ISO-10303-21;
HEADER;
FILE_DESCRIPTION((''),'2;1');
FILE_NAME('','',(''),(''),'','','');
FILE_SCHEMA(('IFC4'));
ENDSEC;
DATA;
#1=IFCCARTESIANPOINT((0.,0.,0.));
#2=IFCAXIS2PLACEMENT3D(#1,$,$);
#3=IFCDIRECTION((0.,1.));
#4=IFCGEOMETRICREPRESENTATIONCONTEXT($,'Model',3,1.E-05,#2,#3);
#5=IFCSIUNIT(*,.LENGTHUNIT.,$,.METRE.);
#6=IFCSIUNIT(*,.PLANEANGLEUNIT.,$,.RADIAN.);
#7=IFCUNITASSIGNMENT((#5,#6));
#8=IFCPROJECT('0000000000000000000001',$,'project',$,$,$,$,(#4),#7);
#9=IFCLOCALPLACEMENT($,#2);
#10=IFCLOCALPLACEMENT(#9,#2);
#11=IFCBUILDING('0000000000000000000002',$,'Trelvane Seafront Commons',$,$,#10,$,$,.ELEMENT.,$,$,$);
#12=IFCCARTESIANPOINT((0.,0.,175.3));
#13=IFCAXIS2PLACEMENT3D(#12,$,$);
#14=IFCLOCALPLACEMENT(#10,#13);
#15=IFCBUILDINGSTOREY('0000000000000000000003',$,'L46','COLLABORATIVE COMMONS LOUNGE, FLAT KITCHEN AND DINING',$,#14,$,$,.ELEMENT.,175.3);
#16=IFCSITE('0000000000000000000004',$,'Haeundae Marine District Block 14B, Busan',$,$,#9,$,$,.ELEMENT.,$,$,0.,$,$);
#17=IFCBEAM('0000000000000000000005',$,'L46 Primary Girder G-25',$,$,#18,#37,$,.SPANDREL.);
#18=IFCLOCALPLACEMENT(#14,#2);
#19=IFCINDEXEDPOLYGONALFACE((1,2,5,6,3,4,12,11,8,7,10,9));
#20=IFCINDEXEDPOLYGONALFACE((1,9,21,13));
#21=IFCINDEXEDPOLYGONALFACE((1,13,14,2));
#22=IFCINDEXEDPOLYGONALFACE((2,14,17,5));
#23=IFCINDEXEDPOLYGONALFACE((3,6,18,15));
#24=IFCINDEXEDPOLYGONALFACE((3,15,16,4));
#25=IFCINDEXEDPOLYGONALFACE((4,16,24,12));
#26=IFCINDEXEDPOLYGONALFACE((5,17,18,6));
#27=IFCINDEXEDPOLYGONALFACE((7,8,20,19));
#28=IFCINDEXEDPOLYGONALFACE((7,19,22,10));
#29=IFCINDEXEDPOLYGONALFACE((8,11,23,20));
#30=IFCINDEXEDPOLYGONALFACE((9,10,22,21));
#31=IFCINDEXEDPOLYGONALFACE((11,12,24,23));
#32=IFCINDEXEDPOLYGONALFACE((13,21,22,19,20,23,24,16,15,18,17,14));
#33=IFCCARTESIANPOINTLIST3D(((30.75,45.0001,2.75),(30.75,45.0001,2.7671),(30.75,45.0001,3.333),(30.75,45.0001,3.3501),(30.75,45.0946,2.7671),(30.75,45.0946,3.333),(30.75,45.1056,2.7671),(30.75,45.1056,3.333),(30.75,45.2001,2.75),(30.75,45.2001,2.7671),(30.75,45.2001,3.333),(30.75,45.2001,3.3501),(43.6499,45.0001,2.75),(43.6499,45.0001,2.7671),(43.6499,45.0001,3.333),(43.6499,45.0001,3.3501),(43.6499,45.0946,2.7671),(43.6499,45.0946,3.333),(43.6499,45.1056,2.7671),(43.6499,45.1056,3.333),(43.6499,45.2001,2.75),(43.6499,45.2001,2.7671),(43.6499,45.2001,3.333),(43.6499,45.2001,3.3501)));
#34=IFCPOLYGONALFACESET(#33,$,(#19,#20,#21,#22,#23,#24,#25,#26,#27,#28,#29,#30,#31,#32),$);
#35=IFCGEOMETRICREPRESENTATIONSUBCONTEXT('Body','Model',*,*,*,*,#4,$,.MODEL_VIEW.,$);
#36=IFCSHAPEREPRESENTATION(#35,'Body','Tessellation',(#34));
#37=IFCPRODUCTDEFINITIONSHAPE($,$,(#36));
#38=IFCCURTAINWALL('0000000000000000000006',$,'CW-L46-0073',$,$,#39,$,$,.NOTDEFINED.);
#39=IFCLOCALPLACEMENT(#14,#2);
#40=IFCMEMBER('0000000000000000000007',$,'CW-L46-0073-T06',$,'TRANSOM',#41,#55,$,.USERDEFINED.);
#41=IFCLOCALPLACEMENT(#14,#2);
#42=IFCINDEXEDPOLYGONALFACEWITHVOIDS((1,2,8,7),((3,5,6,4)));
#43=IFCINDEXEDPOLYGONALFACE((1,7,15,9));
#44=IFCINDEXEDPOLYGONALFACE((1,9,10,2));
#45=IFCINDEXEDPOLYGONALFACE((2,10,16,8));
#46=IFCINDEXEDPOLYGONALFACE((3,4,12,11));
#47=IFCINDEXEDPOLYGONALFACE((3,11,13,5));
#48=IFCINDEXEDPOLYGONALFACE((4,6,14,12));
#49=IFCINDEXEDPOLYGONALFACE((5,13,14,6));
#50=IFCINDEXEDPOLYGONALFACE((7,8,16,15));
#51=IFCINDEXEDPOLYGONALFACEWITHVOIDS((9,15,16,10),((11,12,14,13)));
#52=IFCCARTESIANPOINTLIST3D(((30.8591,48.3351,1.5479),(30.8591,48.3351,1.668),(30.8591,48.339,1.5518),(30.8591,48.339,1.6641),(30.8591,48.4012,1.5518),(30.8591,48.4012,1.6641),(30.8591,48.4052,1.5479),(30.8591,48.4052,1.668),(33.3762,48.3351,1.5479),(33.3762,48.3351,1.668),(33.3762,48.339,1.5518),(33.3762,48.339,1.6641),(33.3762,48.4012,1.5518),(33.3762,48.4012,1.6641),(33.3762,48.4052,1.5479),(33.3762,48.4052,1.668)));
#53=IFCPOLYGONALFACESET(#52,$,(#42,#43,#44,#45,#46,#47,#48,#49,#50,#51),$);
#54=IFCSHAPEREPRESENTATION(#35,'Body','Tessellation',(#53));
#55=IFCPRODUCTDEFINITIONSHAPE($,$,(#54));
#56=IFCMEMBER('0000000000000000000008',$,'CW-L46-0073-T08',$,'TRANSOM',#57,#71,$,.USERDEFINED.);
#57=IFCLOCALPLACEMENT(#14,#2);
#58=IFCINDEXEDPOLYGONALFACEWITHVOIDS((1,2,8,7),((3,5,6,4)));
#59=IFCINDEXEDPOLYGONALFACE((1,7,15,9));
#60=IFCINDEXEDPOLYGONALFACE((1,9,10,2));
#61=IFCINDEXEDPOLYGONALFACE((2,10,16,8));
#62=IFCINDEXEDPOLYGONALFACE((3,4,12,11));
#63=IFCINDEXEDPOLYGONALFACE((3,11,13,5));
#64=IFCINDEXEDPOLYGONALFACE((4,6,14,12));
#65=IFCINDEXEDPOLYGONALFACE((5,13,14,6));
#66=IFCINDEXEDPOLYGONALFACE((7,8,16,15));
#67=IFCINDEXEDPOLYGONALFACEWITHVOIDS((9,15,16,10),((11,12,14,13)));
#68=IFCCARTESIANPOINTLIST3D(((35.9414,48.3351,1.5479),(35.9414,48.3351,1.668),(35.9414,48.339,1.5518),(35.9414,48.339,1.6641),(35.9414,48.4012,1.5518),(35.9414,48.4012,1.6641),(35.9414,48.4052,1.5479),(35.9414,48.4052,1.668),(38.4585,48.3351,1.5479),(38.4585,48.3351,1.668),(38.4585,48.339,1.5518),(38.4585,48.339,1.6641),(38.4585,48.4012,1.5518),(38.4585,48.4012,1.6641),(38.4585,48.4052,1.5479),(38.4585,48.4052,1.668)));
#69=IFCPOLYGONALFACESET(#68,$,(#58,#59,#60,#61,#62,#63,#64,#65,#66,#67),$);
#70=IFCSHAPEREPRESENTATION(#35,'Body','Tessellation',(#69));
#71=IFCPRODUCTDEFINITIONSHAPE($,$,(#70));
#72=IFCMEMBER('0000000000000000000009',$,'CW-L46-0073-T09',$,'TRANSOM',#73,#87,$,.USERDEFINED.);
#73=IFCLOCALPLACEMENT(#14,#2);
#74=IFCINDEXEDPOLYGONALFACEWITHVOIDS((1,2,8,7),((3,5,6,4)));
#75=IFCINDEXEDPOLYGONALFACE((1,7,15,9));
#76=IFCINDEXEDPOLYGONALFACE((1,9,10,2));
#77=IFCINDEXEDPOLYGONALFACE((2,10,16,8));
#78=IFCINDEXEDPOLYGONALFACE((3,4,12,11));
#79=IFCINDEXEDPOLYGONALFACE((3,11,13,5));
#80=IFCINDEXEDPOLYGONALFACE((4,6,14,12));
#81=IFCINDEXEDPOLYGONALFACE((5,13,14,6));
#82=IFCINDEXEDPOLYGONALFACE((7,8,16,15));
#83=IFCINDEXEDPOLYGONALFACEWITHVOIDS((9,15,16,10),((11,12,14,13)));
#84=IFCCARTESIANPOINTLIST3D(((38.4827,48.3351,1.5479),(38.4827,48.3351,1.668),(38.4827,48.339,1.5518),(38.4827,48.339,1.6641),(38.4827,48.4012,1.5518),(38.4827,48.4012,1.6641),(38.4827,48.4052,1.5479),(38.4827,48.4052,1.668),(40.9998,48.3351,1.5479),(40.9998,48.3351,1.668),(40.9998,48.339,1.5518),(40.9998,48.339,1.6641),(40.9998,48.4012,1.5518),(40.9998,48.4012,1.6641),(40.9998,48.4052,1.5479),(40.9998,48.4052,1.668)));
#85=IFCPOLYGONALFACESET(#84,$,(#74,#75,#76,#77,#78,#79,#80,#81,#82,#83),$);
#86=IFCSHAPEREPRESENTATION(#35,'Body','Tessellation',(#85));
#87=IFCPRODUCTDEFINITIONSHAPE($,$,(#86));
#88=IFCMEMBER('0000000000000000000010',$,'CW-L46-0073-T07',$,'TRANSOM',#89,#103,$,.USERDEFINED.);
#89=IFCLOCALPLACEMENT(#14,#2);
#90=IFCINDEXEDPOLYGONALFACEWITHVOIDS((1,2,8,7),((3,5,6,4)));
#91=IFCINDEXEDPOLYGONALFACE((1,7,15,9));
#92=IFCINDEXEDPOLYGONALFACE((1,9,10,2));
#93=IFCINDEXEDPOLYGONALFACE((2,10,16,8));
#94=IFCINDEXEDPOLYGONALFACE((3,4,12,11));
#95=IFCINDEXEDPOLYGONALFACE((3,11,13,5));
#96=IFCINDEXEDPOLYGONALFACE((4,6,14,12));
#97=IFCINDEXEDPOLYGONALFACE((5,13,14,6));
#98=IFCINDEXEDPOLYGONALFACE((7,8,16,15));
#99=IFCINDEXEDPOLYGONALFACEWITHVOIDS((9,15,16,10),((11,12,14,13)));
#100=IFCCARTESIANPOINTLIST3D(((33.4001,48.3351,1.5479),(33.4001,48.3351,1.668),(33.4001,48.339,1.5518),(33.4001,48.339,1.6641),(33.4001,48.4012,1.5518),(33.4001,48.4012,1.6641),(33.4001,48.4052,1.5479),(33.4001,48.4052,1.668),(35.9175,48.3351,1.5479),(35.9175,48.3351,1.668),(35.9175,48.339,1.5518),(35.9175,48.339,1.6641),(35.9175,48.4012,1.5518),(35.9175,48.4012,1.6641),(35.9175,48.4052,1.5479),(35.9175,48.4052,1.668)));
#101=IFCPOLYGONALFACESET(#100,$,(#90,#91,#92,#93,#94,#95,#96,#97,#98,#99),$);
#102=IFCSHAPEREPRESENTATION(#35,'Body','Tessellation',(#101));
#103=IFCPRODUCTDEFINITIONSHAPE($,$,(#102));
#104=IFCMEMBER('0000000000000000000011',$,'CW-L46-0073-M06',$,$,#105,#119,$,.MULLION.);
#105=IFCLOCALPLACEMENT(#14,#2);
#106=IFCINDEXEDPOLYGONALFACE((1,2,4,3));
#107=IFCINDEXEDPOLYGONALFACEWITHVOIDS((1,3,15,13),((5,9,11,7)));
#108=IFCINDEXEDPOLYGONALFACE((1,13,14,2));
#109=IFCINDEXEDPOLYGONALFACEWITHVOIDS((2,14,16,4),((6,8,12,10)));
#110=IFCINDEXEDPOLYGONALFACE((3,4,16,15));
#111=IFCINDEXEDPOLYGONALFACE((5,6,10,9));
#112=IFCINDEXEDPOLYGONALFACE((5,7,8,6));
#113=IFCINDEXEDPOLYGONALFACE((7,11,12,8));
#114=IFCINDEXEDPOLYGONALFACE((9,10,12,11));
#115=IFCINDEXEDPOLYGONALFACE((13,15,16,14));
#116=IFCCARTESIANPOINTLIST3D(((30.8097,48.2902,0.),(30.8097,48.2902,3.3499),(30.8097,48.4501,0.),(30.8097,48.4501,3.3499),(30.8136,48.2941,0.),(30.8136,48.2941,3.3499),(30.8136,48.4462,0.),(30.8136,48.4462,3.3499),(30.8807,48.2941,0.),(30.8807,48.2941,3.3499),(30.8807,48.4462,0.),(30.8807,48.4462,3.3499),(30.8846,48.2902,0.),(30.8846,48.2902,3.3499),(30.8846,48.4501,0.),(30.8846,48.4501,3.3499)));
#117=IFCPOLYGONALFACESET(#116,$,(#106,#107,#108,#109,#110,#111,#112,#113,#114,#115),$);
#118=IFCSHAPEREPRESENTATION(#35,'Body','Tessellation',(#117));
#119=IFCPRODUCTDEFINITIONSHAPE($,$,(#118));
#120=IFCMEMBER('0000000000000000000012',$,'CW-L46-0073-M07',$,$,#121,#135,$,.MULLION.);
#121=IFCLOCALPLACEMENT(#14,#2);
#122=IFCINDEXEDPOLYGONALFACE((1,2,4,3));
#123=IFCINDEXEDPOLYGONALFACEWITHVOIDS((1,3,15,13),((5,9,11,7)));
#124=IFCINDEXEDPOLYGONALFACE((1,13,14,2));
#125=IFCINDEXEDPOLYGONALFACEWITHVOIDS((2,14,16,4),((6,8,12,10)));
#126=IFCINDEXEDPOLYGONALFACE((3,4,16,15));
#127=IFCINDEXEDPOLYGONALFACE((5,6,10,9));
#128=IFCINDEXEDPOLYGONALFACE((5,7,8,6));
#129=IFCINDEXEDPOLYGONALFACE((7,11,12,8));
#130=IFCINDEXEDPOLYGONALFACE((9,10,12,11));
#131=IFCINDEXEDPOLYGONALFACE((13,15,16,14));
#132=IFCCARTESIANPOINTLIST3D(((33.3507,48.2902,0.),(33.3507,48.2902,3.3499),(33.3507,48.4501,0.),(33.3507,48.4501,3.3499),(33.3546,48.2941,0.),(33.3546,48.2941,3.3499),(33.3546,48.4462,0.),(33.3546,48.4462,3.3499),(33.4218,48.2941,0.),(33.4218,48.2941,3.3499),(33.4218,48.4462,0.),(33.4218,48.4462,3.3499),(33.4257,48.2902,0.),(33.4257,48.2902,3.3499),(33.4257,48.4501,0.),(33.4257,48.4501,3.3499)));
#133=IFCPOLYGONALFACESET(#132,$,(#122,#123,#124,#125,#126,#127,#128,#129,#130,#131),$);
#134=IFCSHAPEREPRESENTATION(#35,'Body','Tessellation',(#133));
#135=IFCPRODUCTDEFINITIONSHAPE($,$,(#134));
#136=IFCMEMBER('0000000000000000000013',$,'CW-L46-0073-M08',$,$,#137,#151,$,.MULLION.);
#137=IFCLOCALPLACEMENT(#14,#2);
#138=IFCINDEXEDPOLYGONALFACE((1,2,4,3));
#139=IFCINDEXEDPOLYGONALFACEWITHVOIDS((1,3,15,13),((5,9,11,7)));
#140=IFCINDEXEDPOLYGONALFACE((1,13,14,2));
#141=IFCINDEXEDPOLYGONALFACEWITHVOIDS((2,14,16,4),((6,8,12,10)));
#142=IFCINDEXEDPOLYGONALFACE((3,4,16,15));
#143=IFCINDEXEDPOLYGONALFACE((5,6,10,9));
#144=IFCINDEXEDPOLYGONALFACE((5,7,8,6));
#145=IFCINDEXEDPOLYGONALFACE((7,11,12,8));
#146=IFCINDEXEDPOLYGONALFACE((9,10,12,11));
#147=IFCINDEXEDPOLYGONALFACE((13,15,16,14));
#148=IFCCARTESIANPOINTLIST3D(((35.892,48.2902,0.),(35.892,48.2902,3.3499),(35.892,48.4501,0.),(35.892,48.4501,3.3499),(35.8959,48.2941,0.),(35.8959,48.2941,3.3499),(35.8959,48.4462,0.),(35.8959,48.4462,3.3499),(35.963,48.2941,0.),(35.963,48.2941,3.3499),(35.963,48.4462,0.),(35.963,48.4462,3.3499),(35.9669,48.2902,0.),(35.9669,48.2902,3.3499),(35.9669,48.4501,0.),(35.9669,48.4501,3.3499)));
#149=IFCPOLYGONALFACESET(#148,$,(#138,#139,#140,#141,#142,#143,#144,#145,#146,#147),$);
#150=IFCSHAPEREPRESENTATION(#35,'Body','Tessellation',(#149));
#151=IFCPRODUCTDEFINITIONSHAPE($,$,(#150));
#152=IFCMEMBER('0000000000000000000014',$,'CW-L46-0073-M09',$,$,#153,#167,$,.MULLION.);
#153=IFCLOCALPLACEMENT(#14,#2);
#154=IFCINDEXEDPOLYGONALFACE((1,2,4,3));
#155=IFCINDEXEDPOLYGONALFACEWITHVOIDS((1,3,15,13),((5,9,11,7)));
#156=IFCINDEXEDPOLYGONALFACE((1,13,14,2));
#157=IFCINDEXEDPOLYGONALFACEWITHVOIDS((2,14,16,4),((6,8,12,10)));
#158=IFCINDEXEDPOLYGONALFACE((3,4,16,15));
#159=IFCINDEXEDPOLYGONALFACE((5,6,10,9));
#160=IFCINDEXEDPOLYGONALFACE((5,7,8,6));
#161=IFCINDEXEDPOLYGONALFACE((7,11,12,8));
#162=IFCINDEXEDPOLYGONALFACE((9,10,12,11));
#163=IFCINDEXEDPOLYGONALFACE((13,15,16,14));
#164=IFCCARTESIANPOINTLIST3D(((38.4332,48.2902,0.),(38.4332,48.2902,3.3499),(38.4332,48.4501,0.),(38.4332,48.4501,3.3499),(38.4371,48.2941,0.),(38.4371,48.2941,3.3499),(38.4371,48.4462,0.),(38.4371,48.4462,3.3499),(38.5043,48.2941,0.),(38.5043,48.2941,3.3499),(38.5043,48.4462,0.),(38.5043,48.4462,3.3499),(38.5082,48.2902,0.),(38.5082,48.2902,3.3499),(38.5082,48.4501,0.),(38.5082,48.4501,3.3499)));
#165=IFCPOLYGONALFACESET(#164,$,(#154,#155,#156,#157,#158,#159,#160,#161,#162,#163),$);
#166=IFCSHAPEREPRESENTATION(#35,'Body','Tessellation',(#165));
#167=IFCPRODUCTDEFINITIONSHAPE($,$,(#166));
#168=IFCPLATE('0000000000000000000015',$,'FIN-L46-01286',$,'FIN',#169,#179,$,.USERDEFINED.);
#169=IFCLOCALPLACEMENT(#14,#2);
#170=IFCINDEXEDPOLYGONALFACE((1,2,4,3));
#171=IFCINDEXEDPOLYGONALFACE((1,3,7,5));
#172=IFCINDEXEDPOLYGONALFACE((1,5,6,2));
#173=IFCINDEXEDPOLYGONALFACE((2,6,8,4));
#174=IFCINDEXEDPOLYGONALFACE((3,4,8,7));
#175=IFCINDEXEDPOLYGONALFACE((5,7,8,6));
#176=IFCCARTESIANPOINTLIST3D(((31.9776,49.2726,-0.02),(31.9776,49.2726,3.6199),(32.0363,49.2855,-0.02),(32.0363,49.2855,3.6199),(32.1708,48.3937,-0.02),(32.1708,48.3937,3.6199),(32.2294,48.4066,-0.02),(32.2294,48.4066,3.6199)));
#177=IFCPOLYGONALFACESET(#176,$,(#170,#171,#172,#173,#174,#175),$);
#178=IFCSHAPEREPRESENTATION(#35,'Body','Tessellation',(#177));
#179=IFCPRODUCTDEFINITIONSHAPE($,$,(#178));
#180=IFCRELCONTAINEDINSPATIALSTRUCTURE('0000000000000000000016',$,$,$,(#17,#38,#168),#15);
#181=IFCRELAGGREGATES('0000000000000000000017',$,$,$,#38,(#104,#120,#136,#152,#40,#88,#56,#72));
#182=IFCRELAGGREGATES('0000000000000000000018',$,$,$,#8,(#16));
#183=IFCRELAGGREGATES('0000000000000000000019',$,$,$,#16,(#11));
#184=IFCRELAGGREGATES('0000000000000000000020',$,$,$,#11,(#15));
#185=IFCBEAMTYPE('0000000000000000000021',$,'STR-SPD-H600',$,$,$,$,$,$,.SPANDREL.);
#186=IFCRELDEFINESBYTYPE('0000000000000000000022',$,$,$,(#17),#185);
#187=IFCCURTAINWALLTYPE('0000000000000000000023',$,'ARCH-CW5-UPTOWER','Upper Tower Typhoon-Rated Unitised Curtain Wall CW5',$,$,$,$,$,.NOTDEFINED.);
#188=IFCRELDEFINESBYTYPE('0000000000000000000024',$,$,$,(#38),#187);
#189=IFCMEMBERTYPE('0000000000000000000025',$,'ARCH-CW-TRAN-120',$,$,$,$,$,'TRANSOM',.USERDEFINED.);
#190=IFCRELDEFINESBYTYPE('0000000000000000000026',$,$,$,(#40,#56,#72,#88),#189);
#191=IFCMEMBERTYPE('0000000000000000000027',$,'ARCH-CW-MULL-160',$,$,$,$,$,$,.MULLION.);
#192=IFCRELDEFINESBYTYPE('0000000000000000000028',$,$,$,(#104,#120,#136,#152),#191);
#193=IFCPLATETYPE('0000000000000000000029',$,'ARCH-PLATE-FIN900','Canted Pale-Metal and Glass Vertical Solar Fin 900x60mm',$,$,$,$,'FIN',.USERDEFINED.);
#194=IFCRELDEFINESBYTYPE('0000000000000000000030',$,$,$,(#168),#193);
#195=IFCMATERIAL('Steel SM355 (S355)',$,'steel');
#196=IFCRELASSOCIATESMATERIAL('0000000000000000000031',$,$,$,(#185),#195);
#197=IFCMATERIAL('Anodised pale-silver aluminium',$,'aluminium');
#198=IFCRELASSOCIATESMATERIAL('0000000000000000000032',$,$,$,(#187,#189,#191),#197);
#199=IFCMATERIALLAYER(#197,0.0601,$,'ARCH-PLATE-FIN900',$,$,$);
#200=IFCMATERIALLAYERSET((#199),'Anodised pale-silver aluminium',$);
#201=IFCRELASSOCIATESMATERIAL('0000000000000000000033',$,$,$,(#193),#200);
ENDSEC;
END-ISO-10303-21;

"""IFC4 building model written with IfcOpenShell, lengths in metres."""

from ifc_helpers import new_model, si_unit, direction, frame, origin, origin_2d, place, context, subcontext, project, spatial, rectangle, hollow_rectangle, i_section, extrude, source, transform, mapped, material, layer, layer_set, material_profile, profile_set, type_object, element, aggregate, save


model = new_model("IFC4")

# Units and contexts
model_context = context("Model", 3, precision=1e-05, world=origin(), true_north=direction((0.0, 1.0)))
body_context = subcontext(model_context, "Body", "Model", "MODEL_VIEW")
ifc_project = project(units=[si_unit("LENGTHUNIT", "METRE"), si_unit("PLANEANGLEUNIT", "RADIAN")], contexts=[model_context])

# Site, building, storey
site_placement = place(None, origin())
site = spatial("IfcSite", under=ifc_project, at=site_placement, Name="Haeundae Marine District Block 14B, Busan", CompositionType="ELEMENT", RefElevation=0.0)
building_placement = place(site_placement, origin())
building = spatial("IfcBuilding", under=site, at=building_placement, Name="Trelvane Seafront Commons", CompositionType="ELEMENT")
storey_placement = place(building_placement, frame((0.0, 0.0, 175.3)))
storey = spatial("IfcBuildingStorey", under=building, at=storey_placement, Name="L46", Description="COLLABORATIVE COMMONS LOUNGE, FLAT KITCHEN AND DINING", CompositionType="ELEMENT", Elevation=175.3)

# Beam
ifc_material_1 = material(Name="Steel SM355 (S355)", Category="steel")
ifc_material_profile_1 = material_profile(ifc_material_1, i_section(OverallWidth=0.2, OverallDepth=0.6001, WebThickness=0.011, FlangeThickness=0.0171, at=origin_2d()), Name="H-600x200x11x17")
ifc_profile_set_1 = profile_set([ifc_material_profile_1], Name="Steel SM355 (S355)")
beam_type = type_object("IfcBeamType", Name="STR-SPD-H600", PredefinedType="SPANDREL", material=ifc_profile_set_1)
shared_shape_1 = source(origin(), body_context, "Body", "SweptSolid", [
    extrude(i_section(OverallWidth=0.2, OverallDepth=0.6001, WebThickness=0.011, FlangeThickness=0.0171, at=origin_2d()), origin(), (0.0, 0.0, 1.0), 12.8999),
])
beam_placement = place(storey_placement, frame((30.75, 45.1001, 3.05), z_axis=(1.0, 0.0, 0.0), x_axis=(0.0, 1.0, 0.0)))
element("IfcBeam", 1, at=beam_placement, inside=storey, type_object=beam_type, Name="L46 Primary Girder G-25", PredefinedType="SPANDREL", context=body_context, shape_type="MappedRepresentation", body=[
    mapped(shared_shape_1, transform((0.0, 0.0, 0.0), x_axis=(1.0, 0.0, 0.0), y_axis=(0.0, 1.0, 0.0), z_axis=(0.0, 0.0, 1.0), scale=1.0)),
])

# Curtain wall, members
ifc_material_2 = material(Name="Anodised pale-silver aluminium", Category="aluminium")
curtain_wall_type = type_object("IfcCurtainWallType", Name="ARCH-CW5-UPTOWER", Description="Upper Tower Typhoon-Rated Unitised Curtain Wall CW5", PredefinedType="NOTDEFINED", material=ifc_material_2)
curtain_wall_placement = place(storey_placement, origin())
curtain_wall = element("IfcCurtainWall", 2, at=curtain_wall_placement, inside=storey, type_object=curtain_wall_type, Name="CW-L46-0073", PredefinedType="NOTDEFINED")
ifc_material_profile_2 = material_profile(ifc_material_2, hollow_rectangle(XDim=0.0701, YDim=0.1201, WallThickness=0.0039, at=origin_2d()), Name="TRAN-70x120x4")
ifc_profile_set_2 = profile_set([ifc_material_profile_2], Name="Anodised pale-silver aluminium")
member_type_1 = type_object("IfcMemberType", Name="ARCH-CW-TRAN-120", ElementType="TRANSOM", PredefinedType="USERDEFINED", material=ifc_profile_set_2)
shared_shape_2 = source(origin(), body_context, "Body", "SweptSolid", [
    extrude(hollow_rectangle(XDim=0.0701, YDim=0.1201, WallThickness=0.0039, at=origin_2d()), origin(), (0.0, 0.0, 1.0), 2.5171),
])
member_1_placement = place(storey_placement, frame((30.8591, 48.3701, 1.6079), z_axis=(1.0, 0.0, 0.0), x_axis=(0.0, 1.0, 0.0)))
member_1 = element("IfcMember", 3, at=member_1_placement, type_object=member_type_1, Name="CW-L46-0073-T06", ObjectType="TRANSOM", PredefinedType="USERDEFINED", context=body_context, shape_type="MappedRepresentation", body=[
    mapped(shared_shape_2, transform((0.0, 0.0, 0.0), x_axis=(1.0, 0.0, 0.0), y_axis=(0.0, 1.0, 0.0), z_axis=(0.0, 0.0, 1.0), scale=1.0)),
])
member_2_placement = place(storey_placement, frame((35.9414, 48.3701, 1.6079), z_axis=(1.0, 0.0, 0.0), x_axis=(0.0, 1.0, 0.0)))
member_2 = element("IfcMember", 4, at=member_2_placement, type_object=member_type_1, Name="CW-L46-0073-T08", ObjectType="TRANSOM", PredefinedType="USERDEFINED", context=body_context, shape_type="MappedRepresentation", body=[
    mapped(shared_shape_2, transform((0.0, 0.0, 0.0), x_axis=(1.0, 0.0, 0.0), y_axis=(0.0, 1.0, 0.0), z_axis=(0.0, 0.0, 1.0), scale=1.0)),
])
member_3_placement = place(storey_placement, frame((38.4827, 48.3701, 1.6079), z_axis=(1.0, 0.0, 0.0), x_axis=(0.0, 1.0, 0.0)))
member_3 = element("IfcMember", 5, at=member_3_placement, type_object=member_type_1, Name="CW-L46-0073-T09", ObjectType="TRANSOM", PredefinedType="USERDEFINED", context=body_context, shape_type="MappedRepresentation", body=[
    mapped(shared_shape_2, transform((0.0, 0.0, 0.0), x_axis=(1.0, 0.0, 0.0), y_axis=(0.0, 1.0, 0.0), z_axis=(0.0, 0.0, 1.0), scale=1.0)),
])
shared_shape_3 = source(origin(), body_context, "Body", "SweptSolid", [
    extrude(hollow_rectangle(XDim=0.0701, YDim=0.1201, WallThickness=0.0039, at=origin_2d()), origin(), (0.0, 0.0, 1.0), 2.5173),
])
member_4_placement = place(storey_placement, frame((33.4001, 48.3701, 1.6079), z_axis=(1.0, 0.0, 0.0), x_axis=(0.0, 1.0, 0.0)))
member_4 = element("IfcMember", 6, at=member_4_placement, type_object=member_type_1, Name="CW-L46-0073-T07", ObjectType="TRANSOM", PredefinedType="USERDEFINED", context=body_context, shape_type="MappedRepresentation", body=[
    mapped(shared_shape_3, transform((0.0, 0.0, 0.0), x_axis=(1.0, 0.0, 0.0), y_axis=(0.0, 1.0, 0.0), z_axis=(0.0, 0.0, 1.0), scale=1.0)),
])
ifc_material_profile_3 = material_profile(ifc_material_2, hollow_rectangle(XDim=0.075, YDim=0.1599, WallThickness=0.0039, at=origin_2d()), Name="MULL-75x160x4")
ifc_profile_set_3 = profile_set([ifc_material_profile_3], Name="Anodised pale-silver aluminium")
member_type_2 = type_object("IfcMemberType", Name="ARCH-CW-MULL-160", PredefinedType="MULLION", material=ifc_profile_set_3)
shared_shape_4 = source(origin(), body_context, "Body", "SweptSolid", [
    extrude(hollow_rectangle(XDim=0.075, YDim=0.1599, WallThickness=0.0039, at=origin_2d()), origin(), (0.0, 0.0, 1.0), 3.3499),
])
member_5_placement = place(storey_placement, frame((30.8472, 48.3701, 0.0), z_axis=(0.0, 0.0, 1.0), x_axis=(1.0, 0.0, 0.0)))
member_5 = element("IfcMember", 7, at=member_5_placement, type_object=member_type_2, Name="CW-L46-0073-M06", PredefinedType="MULLION", context=body_context, shape_type="MappedRepresentation", body=[
    mapped(shared_shape_4, transform((0.0, 0.0, 0.0), x_axis=(1.0, 0.0, 0.0), y_axis=(0.0, 1.0, 0.0), z_axis=(0.0, 0.0, 1.0), scale=1.0)),
])
member_6_placement = place(storey_placement, frame((33.3882, 48.3701, 0.0), z_axis=(0.0, 0.0, 1.0), x_axis=(1.0, 0.0, 0.0)))
member_6 = element("IfcMember", 8, at=member_6_placement, type_object=member_type_2, Name="CW-L46-0073-M07", PredefinedType="MULLION", context=body_context, shape_type="MappedRepresentation", body=[
    mapped(shared_shape_4, transform((0.0, 0.0, 0.0), x_axis=(1.0, 0.0, 0.0), y_axis=(0.0, 1.0, 0.0), z_axis=(0.0, 0.0, 1.0), scale=1.0)),
])
member_7_placement = place(storey_placement, frame((35.9294, 48.3701, 0.0), z_axis=(0.0, 0.0, 1.0), x_axis=(1.0, 0.0, 0.0)))
member_7 = element("IfcMember", 9, at=member_7_placement, type_object=member_type_2, Name="CW-L46-0073-M08", PredefinedType="MULLION", context=body_context, shape_type="MappedRepresentation", body=[
    mapped(shared_shape_4, transform((0.0, 0.0, 0.0), x_axis=(1.0, 0.0, 0.0), y_axis=(0.0, 1.0, 0.0), z_axis=(0.0, 0.0, 1.0), scale=1.0)),
])
member_8_placement = place(storey_placement, frame((38.4707, 48.3701, 0.0), z_axis=(0.0, 0.0, 1.0), x_axis=(1.0, 0.0, 0.0)))
member_8 = element("IfcMember", 10, at=member_8_placement, type_object=member_type_2, Name="CW-L46-0073-M09", PredefinedType="MULLION", context=body_context, shape_type="MappedRepresentation", body=[
    mapped(shared_shape_4, transform((0.0, 0.0, 0.0), x_axis=(1.0, 0.0, 0.0), y_axis=(0.0, 1.0, 0.0), z_axis=(0.0, 0.0, 1.0), scale=1.0)),
])

# Plate
ifc_layer_1 = layer(ifc_material_2, 0.0601, Name="ARCH-PLATE-FIN900")
ifc_layer_set_1 = layer_set([ifc_layer_1], Name="Anodised pale-silver aluminium")
plate_type_1 = type_object("IfcPlateType", Name="ARCH-PLATE-FIN900", Description="Canted Pale-Metal and Glass Vertical Solar Fin 900x60mm", ElementType="FIN", PredefinedType="USERDEFINED", material=ifc_layer_set_1)
shared_shape_5 = source(origin(), body_context, "Body", "SweptSolid", [
    extrude(rectangle(XDim=0.8999, YDim=0.0601, at=origin_2d()), origin(), (0.0, 0.0, 1.0), 3.6399),
])
for number, where, z_axis, x_axis, name in (
    (11, (32.1035, 48.8396, -0.02), (0.0, 0.0, 1.0), (-0.214671, 0.976687, 0.0), "FIN-L46-01286"),
):
    element("IfcPlate", number, at=place(storey_placement, frame(where, z_axis=z_axis, x_axis=x_axis)), inside=storey, type_object=plate_type_1, Name=name, ObjectType="FIN", PredefinedType="USERDEFINED", context=body_context, shape_type="MappedRepresentation", body=[
        mapped(shared_shape_5, transform((0.0, 0.0, 0.0), x_axis=(1.0, 0.0, 0.0), y_axis=(0.0, 1.0, 0.0), z_axis=(0.0, 0.0, 1.0), scale=1.0)),
    ])

aggregate(curtain_wall, [member_5, member_6, member_7, member_8, member_1, member_4, member_2, member_3])

save(model, "model.ifc")
